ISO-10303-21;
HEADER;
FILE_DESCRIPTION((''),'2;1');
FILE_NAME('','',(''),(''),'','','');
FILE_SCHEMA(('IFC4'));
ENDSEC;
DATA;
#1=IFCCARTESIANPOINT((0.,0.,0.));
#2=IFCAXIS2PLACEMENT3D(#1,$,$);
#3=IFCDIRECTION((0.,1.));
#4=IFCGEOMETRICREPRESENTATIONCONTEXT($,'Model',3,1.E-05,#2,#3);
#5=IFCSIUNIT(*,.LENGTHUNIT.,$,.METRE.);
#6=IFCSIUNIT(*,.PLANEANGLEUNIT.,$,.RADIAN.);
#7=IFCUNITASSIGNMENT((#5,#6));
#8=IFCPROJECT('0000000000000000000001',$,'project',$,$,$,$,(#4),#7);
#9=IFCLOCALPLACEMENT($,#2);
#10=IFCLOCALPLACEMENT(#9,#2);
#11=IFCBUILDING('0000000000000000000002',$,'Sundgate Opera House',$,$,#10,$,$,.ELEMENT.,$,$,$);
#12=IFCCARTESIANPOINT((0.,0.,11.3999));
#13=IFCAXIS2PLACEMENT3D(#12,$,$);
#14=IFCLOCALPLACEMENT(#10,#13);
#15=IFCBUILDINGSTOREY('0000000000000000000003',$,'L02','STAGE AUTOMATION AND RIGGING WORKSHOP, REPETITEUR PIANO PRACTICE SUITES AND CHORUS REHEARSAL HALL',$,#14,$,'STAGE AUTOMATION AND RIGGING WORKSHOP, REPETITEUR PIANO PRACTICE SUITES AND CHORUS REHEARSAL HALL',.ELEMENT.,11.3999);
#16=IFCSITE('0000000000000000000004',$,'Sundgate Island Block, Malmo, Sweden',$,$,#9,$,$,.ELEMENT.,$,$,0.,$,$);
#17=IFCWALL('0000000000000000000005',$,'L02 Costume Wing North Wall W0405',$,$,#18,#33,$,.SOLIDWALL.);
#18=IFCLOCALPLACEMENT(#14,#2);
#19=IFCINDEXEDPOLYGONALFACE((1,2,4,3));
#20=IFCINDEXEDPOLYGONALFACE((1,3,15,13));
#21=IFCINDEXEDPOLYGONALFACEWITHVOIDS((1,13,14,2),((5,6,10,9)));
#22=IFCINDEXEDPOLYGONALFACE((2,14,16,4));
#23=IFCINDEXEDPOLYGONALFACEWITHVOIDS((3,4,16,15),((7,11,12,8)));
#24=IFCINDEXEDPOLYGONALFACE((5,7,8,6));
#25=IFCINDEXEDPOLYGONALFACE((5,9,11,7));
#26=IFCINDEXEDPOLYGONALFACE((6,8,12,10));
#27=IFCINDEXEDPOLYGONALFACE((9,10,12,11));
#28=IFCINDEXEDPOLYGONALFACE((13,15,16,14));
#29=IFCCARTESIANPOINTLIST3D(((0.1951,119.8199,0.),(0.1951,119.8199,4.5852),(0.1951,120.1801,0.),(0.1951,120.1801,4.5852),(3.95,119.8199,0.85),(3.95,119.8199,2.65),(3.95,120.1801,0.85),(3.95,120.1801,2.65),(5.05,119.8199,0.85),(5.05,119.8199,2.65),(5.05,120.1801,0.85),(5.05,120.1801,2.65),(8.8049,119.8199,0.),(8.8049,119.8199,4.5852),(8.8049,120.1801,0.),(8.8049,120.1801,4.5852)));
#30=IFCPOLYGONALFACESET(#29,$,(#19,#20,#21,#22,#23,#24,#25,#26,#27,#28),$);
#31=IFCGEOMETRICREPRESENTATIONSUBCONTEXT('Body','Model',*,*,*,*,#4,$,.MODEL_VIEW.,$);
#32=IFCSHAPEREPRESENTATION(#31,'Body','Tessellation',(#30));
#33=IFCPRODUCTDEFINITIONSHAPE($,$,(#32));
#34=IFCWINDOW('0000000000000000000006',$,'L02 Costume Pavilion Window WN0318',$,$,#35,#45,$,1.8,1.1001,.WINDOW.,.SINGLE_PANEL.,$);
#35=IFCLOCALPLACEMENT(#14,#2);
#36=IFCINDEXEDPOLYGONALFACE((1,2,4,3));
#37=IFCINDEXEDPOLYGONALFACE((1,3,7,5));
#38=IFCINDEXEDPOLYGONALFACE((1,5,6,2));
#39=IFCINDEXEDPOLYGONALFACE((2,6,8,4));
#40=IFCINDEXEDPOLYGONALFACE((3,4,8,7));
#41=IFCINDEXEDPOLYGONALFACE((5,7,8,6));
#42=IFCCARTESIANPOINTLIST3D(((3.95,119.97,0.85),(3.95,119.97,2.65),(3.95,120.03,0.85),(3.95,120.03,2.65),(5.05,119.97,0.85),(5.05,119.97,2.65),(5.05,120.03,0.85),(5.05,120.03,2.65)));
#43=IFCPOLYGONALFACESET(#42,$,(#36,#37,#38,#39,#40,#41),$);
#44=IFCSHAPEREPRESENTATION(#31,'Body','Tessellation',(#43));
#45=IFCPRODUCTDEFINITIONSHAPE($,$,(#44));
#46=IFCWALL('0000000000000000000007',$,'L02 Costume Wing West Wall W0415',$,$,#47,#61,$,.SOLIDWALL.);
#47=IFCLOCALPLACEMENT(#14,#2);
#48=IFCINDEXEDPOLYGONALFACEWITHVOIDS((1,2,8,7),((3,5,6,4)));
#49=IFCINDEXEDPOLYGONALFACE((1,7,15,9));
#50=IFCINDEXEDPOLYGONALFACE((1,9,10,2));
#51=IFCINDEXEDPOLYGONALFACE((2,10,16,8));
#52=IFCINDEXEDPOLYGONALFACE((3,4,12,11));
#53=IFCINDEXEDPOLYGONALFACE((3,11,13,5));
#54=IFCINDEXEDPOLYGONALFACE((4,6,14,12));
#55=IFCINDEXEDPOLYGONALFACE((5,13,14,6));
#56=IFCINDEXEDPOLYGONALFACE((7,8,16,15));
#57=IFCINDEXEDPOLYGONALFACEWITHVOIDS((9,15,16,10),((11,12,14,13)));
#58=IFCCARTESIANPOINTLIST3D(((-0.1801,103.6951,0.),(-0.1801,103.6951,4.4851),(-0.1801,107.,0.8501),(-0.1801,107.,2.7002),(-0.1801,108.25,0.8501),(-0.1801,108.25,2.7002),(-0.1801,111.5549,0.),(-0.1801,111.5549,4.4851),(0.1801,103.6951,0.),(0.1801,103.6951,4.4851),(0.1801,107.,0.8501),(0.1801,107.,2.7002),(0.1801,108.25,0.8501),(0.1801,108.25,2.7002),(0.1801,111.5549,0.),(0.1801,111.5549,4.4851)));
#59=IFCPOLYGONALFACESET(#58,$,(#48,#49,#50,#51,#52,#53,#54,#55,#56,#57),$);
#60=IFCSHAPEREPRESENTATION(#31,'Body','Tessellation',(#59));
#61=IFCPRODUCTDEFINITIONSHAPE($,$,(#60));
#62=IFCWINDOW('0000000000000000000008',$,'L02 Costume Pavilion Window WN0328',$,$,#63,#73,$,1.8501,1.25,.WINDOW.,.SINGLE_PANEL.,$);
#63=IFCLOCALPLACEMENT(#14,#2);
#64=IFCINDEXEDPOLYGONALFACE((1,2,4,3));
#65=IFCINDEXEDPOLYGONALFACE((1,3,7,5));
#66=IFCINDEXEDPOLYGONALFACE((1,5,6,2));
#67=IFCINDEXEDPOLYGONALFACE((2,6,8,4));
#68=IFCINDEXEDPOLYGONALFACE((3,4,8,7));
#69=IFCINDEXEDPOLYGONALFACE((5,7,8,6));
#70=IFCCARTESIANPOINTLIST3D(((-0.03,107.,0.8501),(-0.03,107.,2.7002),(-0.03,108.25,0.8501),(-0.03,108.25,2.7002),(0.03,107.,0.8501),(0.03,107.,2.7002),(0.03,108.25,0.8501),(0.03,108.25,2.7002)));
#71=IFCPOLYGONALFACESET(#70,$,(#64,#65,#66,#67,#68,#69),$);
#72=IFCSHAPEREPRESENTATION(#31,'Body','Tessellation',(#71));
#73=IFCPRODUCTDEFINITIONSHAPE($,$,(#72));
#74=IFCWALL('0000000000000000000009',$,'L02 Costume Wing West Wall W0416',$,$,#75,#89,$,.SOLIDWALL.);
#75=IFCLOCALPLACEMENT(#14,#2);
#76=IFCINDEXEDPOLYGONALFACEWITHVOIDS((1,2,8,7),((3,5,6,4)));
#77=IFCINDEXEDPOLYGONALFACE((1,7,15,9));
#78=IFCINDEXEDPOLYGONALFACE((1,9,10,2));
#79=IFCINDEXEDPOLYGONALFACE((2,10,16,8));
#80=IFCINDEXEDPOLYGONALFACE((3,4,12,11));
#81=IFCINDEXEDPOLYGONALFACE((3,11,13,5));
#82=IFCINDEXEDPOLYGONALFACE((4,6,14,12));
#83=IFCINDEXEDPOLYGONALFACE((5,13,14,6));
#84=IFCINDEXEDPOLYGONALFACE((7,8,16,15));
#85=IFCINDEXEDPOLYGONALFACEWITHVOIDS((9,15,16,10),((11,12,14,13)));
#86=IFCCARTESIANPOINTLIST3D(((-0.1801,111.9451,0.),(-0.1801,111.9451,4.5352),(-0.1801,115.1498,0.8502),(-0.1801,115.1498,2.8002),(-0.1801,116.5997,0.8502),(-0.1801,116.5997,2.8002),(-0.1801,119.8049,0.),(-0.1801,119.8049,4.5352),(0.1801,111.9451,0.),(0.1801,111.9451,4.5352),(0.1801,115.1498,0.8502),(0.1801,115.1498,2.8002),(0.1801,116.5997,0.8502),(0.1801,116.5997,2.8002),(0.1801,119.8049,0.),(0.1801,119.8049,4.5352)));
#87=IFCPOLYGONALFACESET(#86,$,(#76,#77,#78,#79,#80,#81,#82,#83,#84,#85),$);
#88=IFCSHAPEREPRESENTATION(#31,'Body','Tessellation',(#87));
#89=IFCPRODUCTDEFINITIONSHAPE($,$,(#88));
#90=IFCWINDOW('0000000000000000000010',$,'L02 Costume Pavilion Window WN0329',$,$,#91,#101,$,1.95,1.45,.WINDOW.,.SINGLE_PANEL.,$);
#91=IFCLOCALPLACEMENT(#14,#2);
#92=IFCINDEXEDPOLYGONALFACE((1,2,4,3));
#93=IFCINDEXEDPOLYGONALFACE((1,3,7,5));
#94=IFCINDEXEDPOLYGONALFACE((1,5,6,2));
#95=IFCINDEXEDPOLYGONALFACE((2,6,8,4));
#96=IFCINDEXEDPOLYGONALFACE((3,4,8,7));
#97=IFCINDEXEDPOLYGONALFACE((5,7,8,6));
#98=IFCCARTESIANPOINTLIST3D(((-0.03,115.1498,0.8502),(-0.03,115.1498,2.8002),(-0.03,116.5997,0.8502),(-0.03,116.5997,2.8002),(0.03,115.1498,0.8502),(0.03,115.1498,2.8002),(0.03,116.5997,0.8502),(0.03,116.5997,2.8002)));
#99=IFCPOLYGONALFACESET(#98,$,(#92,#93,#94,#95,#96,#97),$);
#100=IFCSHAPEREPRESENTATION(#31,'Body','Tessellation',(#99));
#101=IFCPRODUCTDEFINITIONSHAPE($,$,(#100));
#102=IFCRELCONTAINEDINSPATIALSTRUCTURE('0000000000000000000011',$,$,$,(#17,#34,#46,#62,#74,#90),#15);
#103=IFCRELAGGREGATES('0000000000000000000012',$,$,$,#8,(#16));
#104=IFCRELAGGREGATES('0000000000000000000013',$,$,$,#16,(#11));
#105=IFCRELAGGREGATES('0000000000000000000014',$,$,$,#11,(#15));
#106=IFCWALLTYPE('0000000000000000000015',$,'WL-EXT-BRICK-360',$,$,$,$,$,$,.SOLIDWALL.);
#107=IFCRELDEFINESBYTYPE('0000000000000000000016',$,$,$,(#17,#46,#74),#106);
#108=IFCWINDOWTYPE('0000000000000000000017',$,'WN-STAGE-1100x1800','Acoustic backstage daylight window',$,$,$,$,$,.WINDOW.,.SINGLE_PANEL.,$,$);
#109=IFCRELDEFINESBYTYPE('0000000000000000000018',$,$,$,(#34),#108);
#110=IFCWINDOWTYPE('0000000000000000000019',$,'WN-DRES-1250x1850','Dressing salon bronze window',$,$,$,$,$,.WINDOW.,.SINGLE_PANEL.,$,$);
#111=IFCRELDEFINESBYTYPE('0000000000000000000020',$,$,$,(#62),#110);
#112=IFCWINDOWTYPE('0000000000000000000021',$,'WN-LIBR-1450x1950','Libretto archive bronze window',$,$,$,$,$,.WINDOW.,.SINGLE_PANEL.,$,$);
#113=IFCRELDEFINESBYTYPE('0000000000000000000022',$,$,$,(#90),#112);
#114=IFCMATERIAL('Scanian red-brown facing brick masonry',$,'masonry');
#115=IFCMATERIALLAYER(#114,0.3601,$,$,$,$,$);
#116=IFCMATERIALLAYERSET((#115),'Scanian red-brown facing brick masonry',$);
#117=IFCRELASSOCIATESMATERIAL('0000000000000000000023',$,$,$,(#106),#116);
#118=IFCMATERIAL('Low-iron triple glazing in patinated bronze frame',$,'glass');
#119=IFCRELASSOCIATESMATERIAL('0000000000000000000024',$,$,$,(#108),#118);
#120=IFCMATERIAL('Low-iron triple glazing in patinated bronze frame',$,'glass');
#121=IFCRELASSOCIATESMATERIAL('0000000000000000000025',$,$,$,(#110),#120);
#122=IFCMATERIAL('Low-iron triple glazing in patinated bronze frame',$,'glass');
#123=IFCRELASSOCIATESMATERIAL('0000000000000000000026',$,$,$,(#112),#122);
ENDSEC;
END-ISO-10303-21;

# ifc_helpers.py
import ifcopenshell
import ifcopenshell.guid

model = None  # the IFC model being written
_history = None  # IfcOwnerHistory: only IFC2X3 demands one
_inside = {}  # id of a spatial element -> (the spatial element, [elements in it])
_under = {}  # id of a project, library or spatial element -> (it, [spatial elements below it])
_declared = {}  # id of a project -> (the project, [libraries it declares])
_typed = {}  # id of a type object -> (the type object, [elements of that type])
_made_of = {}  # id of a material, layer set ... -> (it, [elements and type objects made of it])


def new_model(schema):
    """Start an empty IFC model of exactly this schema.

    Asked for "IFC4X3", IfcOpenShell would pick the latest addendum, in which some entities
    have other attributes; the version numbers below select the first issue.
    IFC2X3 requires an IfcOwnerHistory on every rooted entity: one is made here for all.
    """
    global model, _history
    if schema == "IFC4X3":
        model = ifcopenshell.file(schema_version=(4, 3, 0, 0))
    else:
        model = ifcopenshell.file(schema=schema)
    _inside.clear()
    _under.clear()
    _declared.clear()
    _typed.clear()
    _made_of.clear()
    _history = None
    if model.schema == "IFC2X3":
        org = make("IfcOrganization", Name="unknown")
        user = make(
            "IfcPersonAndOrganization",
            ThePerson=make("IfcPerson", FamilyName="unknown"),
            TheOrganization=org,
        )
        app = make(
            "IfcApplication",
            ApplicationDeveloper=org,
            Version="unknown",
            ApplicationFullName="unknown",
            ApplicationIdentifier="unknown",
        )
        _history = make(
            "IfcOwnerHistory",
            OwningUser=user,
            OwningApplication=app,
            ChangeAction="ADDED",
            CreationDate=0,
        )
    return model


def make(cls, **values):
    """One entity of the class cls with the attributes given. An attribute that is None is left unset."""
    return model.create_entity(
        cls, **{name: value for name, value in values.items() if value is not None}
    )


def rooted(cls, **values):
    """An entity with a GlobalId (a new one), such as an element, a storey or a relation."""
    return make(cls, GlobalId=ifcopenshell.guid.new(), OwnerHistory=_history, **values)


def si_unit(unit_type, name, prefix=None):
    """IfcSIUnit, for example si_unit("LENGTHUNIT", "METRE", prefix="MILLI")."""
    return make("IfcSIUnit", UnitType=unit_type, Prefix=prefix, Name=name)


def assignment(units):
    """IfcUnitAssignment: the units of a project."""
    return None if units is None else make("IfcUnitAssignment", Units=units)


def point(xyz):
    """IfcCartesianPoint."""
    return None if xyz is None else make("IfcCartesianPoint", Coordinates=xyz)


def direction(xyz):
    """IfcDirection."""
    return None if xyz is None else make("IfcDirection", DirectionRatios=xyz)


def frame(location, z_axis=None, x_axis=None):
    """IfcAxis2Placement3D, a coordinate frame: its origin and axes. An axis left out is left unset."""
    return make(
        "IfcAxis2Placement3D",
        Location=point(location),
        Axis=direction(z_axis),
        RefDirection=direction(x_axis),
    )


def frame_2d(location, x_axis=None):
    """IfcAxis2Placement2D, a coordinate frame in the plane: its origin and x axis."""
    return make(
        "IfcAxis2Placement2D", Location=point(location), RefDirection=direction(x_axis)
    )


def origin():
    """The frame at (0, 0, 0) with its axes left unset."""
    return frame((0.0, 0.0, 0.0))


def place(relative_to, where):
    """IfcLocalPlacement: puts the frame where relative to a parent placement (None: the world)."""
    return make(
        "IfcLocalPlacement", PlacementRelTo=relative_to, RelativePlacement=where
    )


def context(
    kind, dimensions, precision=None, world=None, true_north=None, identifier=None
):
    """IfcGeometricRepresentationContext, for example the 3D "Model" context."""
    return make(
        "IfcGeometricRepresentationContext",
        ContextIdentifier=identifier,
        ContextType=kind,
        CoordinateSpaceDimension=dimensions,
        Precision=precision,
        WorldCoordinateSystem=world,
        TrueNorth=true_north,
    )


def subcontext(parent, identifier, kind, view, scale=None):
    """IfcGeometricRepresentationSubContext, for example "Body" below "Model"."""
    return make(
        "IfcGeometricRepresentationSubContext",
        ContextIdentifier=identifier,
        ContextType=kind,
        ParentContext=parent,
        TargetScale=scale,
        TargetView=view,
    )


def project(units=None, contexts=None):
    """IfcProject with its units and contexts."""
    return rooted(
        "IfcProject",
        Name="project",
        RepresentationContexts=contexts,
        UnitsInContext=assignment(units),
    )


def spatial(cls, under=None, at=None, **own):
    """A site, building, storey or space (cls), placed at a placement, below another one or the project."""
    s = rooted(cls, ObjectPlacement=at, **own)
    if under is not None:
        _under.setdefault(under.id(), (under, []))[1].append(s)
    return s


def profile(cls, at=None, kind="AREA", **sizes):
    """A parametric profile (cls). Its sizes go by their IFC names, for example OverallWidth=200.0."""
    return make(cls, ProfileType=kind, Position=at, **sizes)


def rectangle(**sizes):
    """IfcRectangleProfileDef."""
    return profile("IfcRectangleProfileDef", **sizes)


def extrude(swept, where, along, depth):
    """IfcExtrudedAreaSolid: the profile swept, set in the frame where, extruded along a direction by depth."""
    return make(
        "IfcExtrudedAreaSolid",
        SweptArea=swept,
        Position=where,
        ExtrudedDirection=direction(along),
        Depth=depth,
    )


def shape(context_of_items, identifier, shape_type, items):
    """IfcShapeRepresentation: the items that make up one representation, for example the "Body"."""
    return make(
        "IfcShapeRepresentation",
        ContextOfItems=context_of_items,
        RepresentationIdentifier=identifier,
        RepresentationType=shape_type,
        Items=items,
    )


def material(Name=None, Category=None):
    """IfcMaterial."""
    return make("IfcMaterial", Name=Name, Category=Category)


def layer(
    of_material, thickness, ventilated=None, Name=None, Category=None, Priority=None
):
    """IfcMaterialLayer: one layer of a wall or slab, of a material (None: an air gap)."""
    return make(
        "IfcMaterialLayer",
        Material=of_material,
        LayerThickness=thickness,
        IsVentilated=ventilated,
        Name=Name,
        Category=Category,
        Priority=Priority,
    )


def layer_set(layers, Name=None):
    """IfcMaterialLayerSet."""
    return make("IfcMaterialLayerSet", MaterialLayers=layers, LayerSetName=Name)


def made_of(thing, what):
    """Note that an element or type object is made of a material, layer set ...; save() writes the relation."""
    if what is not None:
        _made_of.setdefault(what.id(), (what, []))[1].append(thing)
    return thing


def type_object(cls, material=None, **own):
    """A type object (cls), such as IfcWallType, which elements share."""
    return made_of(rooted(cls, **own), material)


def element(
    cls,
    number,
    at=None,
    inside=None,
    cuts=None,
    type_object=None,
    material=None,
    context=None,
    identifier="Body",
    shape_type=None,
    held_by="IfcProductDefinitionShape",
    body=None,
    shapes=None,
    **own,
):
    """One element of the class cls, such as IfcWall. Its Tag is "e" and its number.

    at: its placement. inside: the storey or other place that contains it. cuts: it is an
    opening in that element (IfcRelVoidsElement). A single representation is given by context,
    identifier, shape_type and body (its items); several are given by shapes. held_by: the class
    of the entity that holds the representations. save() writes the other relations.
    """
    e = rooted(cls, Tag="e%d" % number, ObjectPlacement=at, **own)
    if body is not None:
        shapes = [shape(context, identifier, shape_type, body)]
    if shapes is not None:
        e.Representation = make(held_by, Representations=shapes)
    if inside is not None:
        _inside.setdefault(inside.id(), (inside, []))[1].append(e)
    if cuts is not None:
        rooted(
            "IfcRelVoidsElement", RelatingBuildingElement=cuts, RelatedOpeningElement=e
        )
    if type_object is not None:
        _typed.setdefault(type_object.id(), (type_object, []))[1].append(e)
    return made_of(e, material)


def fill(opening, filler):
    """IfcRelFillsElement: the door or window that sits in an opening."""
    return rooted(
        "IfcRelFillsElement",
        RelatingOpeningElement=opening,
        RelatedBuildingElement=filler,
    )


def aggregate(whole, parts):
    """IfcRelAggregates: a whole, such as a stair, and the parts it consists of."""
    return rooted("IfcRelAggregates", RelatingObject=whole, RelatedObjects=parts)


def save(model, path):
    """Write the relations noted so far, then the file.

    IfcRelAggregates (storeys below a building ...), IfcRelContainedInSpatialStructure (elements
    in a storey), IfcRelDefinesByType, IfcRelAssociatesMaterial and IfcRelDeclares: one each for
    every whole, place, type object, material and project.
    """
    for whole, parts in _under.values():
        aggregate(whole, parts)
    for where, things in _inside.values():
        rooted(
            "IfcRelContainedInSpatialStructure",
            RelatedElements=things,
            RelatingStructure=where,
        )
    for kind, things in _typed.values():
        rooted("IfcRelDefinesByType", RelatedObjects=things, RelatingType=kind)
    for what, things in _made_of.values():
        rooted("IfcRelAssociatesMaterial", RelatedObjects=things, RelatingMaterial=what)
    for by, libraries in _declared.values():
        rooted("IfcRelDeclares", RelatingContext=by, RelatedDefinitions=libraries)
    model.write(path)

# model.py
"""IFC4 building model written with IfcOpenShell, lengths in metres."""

from ifc_helpers import new_model, si_unit, direction, frame, frame_2d, origin, place, context, subcontext, project, spatial, rectangle, extrude, material, layer, layer_set, type_object, element, fill, save


model = new_model("IFC4")

# Units and contexts
model_context = context("Model", 3, precision=1e-05, world=origin(), true_north=direction((0.0, 1.0)))
body_context = subcontext(model_context, "Body", "Model", "MODEL_VIEW")
ifc_project = project(units=[si_unit("LENGTHUNIT", "METRE"), si_unit("PLANEANGLEUNIT", "RADIAN")], contexts=[model_context])

# Site, building, storey
site_placement = place(None, origin())
site = spatial("IfcSite", under=ifc_project, at=site_placement, Name="Sundgate Island Block, Malmo, Sweden", CompositionType="ELEMENT", RefElevation=0.0)
building_placement = place(site_placement, origin())
building = spatial("IfcBuilding", under=site, at=building_placement, Name="Sundgate Opera House", CompositionType="ELEMENT")
storey_placement = place(building_placement, frame((0.0, 0.0, 11.3999)))
storey = spatial("IfcBuildingStorey", under=building, at=storey_placement, Name="L02", Description="STAGE AUTOMATION AND RIGGING WORKSHOP, REPETITEUR PIANO PRACTICE SUITES AND CHORUS REHEARSAL HALL", LongName="STAGE AUTOMATION AND RIGGING WORKSHOP, REPETITEUR PIANO PRACTICE SUITES AND CHORUS REHEARSAL HALL", CompositionType="ELEMENT", Elevation=11.3999)

# Walls, openings, windows
ifc_material_1 = material(Name="Scanian red-brown facing brick masonry", Category="masonry")
ifc_layer = layer(ifc_material_1, 0.3601)
ifc_layer_set = layer_set([ifc_layer], Name="Scanian red-brown facing brick masonry")
wall_type = type_object("IfcWallType", Name="WL-EXT-BRICK-360", PredefinedType="SOLIDWALL", material=ifc_layer_set)
wall_1_placement = place(storey_placement, frame((0.1951, 120.0, 0.0), z_axis=(0.0, 0.0, 1.0), x_axis=(1.0, 0.0, 0.0)))
wall_1 = element("IfcWall", 1, at=wall_1_placement, inside=storey, type_object=wall_type, Name="L02 Costume Wing North Wall W0405", PredefinedType="SOLIDWALL", context=body_context, shape_type="SweptSolid", body=[
    extrude(rectangle(XDim=8.6099, YDim=0.3601, at=frame_2d((4.3049, 0.0))), origin(), (0.0, 0.0, 1.0), 4.5852),
])
opening_1_placement = place(wall_1_placement, frame((3.7549, 0.0, 0.8501)))
opening_1 = element("IfcOpeningElement", 2, at=opening_1_placement, cuts=wall_1, PredefinedType="OPENING", context=body_context, shape_type="SweptSolid", body=[
    extrude(rectangle(XDim=1.1001, YDim=1.8, at=frame_2d((0.55, 0.8999))), frame((0.0, 0.1899, 0.0), z_axis=(0.0, -1.0, 0.0), x_axis=(1.0, 0.0, 0.0)), (0.0, 0.0, 1.0), 0.3801),
])
ifc_material_2 = material(Name="Low-iron triple glazing in patinated bronze frame", Category="glass")
window_type_1 = type_object("IfcWindowType", Name="WN-STAGE-1100x1800", Description="Acoustic backstage daylight window", PartitioningType="SINGLE_PANEL", PredefinedType="WINDOW", material=ifc_material_2)
window_1_placement = place(opening_1_placement, origin())
window_1 = element("IfcWindow", 3, at=window_1_placement, inside=storey, type_object=window_type_1, Name="L02 Costume Pavilion Window WN0318", OverallHeight=1.8, OverallWidth=1.1001, PartitioningType="SINGLE_PANEL", PredefinedType="WINDOW", context=body_context, shape_type="SweptSolid", body=[
    extrude(rectangle(XDim=1.1001, YDim=1.8, at=frame_2d((0.55, 0.8999))), frame((0.0, 0.03, 0.0), z_axis=(0.0, -1.0, 0.0), x_axis=(1.0, 0.0, 0.0)), (0.0, 0.0, 1.0), 0.0601),
])
fill(opening_1, window_1)
wall_2_placement = place(storey_placement, frame((0.0, 111.5549, 0.0), z_axis=(0.0, 0.0, 1.0), x_axis=(0.0, -1.0, 0.0)))
wall_2 = element("IfcWall", 4, at=wall_2_placement, inside=storey, type_object=wall_type, Name="L02 Costume Wing West Wall W0415", PredefinedType="SOLIDWALL", context=body_context, shape_type="SweptSolid", body=[
    extrude(rectangle(XDim=7.8599, YDim=0.3601, at=frame_2d((3.9299, 0.0))), origin(), (0.0, 0.0, 1.0), 4.4851),
])
opening_2_placement = place(wall_2_placement, frame((3.3049, 0.0, 0.8501)))
opening_2 = element("IfcOpeningElement", 5, at=opening_2_placement, cuts=wall_2, PredefinedType="OPENING", context=body_context, shape_type="SweptSolid", body=[
    extrude(rectangle(XDim=1.25, YDim=1.8501, at=frame_2d((0.625, 0.925))), frame((0.0, 0.1899, 0.0), z_axis=(0.0, -1.0, 0.0), x_axis=(1.0, 0.0, 0.0)), (0.0, 0.0, 1.0), 0.3801),
])
ifc_material_3 = material(Name="Low-iron triple glazing in patinated bronze frame", Category="glass")
window_type_2 = type_object("IfcWindowType", Name="WN-DRES-1250x1850", Description="Dressing salon bronze window", PartitioningType="SINGLE_PANEL", PredefinedType="WINDOW", material=ifc_material_3)
window_2_placement = place(opening_2_placement, origin())
window_2 = element("IfcWindow", 6, at=window_2_placement, inside=storey, type_object=window_type_2, Name="L02 Costume Pavilion Window WN0328", OverallHeight=1.8501, OverallWidth=1.25, PartitioningType="SINGLE_PANEL", PredefinedType="WINDOW", context=body_context, shape_type="SweptSolid", body=[
    extrude(rectangle(XDim=1.25, YDim=1.8501, at=frame_2d((0.625, 0.925))), frame((0.0, 0.03, 0.0), z_axis=(0.0, -1.0, 0.0), x_axis=(1.0, 0.0, 0.0)), (0.0, 0.0, 1.0), 0.0601),
])
fill(opening_2, window_2)
wall_3_placement = place(storey_placement, frame((0.0, 119.8049, 0.0), z_axis=(0.0, 0.0, 1.0), x_axis=(0.0, -1.0, 0.0)))
wall_3 = element("IfcWall", 7, at=wall_3_placement, inside=storey, type_object=wall_type, Name="L02 Costume Wing West Wall W0416", PredefinedType="SOLIDWALL", context=body_context, shape_type="SweptSolid", body=[
    extrude(rectangle(XDim=7.8599, YDim=0.3601, at=frame_2d((3.9299, 0.0))), origin(), (0.0, 0.0, 1.0), 4.5352),
])
opening_3_placement = place(wall_3_placement, frame((3.2051, 0.0, 0.8501)))
opening_3 = element("IfcOpeningElement", 8, at=opening_3_placement, cuts=wall_3, PredefinedType="OPENING", context=body_context, shape_type="SweptSolid", body=[
    extrude(rectangle(XDim=1.45, YDim=1.95, at=frame_2d((0.7251, 0.9751))), frame((0.0, 0.1899, 0.0), z_axis=(0.0, -1.0, 0.0), x_axis=(1.0, 0.0, 0.0)), (0.0, 0.0, 1.0), 0.3801),
])
ifc_material_4 = material(Name="Low-iron triple glazing in patinated bronze frame", Category="glass")
window_type_3 = type_object("IfcWindowType", Name="WN-LIBR-1450x1950", Description="Libretto archive bronze window", PartitioningType="SINGLE_PANEL", PredefinedType="WINDOW", material=ifc_material_4)
window_3_placement = place(opening_3_placement, origin())
window_3 = element("IfcWindow", 9, at=window_3_placement, inside=storey, type_object=window_type_3, Name="L02 Costume Pavilion Window WN0329", OverallHeight=1.95, OverallWidth=1.45, PartitioningType="SINGLE_PANEL", PredefinedType="WINDOW", context=body_context, shape_type="SweptSolid", body=[
    extrude(rectangle(XDim=1.45, YDim=1.95, at=frame_2d((0.7251, 0.9751))), frame((0.0, 0.03, 0.0), z_axis=(0.0, -1.0, 0.0), x_axis=(1.0, 0.0, 0.0)), (0.0, 0.0, 1.0), 0.0601),
])
fill(opening_3, window_3)

save(model, "model.ifc")
